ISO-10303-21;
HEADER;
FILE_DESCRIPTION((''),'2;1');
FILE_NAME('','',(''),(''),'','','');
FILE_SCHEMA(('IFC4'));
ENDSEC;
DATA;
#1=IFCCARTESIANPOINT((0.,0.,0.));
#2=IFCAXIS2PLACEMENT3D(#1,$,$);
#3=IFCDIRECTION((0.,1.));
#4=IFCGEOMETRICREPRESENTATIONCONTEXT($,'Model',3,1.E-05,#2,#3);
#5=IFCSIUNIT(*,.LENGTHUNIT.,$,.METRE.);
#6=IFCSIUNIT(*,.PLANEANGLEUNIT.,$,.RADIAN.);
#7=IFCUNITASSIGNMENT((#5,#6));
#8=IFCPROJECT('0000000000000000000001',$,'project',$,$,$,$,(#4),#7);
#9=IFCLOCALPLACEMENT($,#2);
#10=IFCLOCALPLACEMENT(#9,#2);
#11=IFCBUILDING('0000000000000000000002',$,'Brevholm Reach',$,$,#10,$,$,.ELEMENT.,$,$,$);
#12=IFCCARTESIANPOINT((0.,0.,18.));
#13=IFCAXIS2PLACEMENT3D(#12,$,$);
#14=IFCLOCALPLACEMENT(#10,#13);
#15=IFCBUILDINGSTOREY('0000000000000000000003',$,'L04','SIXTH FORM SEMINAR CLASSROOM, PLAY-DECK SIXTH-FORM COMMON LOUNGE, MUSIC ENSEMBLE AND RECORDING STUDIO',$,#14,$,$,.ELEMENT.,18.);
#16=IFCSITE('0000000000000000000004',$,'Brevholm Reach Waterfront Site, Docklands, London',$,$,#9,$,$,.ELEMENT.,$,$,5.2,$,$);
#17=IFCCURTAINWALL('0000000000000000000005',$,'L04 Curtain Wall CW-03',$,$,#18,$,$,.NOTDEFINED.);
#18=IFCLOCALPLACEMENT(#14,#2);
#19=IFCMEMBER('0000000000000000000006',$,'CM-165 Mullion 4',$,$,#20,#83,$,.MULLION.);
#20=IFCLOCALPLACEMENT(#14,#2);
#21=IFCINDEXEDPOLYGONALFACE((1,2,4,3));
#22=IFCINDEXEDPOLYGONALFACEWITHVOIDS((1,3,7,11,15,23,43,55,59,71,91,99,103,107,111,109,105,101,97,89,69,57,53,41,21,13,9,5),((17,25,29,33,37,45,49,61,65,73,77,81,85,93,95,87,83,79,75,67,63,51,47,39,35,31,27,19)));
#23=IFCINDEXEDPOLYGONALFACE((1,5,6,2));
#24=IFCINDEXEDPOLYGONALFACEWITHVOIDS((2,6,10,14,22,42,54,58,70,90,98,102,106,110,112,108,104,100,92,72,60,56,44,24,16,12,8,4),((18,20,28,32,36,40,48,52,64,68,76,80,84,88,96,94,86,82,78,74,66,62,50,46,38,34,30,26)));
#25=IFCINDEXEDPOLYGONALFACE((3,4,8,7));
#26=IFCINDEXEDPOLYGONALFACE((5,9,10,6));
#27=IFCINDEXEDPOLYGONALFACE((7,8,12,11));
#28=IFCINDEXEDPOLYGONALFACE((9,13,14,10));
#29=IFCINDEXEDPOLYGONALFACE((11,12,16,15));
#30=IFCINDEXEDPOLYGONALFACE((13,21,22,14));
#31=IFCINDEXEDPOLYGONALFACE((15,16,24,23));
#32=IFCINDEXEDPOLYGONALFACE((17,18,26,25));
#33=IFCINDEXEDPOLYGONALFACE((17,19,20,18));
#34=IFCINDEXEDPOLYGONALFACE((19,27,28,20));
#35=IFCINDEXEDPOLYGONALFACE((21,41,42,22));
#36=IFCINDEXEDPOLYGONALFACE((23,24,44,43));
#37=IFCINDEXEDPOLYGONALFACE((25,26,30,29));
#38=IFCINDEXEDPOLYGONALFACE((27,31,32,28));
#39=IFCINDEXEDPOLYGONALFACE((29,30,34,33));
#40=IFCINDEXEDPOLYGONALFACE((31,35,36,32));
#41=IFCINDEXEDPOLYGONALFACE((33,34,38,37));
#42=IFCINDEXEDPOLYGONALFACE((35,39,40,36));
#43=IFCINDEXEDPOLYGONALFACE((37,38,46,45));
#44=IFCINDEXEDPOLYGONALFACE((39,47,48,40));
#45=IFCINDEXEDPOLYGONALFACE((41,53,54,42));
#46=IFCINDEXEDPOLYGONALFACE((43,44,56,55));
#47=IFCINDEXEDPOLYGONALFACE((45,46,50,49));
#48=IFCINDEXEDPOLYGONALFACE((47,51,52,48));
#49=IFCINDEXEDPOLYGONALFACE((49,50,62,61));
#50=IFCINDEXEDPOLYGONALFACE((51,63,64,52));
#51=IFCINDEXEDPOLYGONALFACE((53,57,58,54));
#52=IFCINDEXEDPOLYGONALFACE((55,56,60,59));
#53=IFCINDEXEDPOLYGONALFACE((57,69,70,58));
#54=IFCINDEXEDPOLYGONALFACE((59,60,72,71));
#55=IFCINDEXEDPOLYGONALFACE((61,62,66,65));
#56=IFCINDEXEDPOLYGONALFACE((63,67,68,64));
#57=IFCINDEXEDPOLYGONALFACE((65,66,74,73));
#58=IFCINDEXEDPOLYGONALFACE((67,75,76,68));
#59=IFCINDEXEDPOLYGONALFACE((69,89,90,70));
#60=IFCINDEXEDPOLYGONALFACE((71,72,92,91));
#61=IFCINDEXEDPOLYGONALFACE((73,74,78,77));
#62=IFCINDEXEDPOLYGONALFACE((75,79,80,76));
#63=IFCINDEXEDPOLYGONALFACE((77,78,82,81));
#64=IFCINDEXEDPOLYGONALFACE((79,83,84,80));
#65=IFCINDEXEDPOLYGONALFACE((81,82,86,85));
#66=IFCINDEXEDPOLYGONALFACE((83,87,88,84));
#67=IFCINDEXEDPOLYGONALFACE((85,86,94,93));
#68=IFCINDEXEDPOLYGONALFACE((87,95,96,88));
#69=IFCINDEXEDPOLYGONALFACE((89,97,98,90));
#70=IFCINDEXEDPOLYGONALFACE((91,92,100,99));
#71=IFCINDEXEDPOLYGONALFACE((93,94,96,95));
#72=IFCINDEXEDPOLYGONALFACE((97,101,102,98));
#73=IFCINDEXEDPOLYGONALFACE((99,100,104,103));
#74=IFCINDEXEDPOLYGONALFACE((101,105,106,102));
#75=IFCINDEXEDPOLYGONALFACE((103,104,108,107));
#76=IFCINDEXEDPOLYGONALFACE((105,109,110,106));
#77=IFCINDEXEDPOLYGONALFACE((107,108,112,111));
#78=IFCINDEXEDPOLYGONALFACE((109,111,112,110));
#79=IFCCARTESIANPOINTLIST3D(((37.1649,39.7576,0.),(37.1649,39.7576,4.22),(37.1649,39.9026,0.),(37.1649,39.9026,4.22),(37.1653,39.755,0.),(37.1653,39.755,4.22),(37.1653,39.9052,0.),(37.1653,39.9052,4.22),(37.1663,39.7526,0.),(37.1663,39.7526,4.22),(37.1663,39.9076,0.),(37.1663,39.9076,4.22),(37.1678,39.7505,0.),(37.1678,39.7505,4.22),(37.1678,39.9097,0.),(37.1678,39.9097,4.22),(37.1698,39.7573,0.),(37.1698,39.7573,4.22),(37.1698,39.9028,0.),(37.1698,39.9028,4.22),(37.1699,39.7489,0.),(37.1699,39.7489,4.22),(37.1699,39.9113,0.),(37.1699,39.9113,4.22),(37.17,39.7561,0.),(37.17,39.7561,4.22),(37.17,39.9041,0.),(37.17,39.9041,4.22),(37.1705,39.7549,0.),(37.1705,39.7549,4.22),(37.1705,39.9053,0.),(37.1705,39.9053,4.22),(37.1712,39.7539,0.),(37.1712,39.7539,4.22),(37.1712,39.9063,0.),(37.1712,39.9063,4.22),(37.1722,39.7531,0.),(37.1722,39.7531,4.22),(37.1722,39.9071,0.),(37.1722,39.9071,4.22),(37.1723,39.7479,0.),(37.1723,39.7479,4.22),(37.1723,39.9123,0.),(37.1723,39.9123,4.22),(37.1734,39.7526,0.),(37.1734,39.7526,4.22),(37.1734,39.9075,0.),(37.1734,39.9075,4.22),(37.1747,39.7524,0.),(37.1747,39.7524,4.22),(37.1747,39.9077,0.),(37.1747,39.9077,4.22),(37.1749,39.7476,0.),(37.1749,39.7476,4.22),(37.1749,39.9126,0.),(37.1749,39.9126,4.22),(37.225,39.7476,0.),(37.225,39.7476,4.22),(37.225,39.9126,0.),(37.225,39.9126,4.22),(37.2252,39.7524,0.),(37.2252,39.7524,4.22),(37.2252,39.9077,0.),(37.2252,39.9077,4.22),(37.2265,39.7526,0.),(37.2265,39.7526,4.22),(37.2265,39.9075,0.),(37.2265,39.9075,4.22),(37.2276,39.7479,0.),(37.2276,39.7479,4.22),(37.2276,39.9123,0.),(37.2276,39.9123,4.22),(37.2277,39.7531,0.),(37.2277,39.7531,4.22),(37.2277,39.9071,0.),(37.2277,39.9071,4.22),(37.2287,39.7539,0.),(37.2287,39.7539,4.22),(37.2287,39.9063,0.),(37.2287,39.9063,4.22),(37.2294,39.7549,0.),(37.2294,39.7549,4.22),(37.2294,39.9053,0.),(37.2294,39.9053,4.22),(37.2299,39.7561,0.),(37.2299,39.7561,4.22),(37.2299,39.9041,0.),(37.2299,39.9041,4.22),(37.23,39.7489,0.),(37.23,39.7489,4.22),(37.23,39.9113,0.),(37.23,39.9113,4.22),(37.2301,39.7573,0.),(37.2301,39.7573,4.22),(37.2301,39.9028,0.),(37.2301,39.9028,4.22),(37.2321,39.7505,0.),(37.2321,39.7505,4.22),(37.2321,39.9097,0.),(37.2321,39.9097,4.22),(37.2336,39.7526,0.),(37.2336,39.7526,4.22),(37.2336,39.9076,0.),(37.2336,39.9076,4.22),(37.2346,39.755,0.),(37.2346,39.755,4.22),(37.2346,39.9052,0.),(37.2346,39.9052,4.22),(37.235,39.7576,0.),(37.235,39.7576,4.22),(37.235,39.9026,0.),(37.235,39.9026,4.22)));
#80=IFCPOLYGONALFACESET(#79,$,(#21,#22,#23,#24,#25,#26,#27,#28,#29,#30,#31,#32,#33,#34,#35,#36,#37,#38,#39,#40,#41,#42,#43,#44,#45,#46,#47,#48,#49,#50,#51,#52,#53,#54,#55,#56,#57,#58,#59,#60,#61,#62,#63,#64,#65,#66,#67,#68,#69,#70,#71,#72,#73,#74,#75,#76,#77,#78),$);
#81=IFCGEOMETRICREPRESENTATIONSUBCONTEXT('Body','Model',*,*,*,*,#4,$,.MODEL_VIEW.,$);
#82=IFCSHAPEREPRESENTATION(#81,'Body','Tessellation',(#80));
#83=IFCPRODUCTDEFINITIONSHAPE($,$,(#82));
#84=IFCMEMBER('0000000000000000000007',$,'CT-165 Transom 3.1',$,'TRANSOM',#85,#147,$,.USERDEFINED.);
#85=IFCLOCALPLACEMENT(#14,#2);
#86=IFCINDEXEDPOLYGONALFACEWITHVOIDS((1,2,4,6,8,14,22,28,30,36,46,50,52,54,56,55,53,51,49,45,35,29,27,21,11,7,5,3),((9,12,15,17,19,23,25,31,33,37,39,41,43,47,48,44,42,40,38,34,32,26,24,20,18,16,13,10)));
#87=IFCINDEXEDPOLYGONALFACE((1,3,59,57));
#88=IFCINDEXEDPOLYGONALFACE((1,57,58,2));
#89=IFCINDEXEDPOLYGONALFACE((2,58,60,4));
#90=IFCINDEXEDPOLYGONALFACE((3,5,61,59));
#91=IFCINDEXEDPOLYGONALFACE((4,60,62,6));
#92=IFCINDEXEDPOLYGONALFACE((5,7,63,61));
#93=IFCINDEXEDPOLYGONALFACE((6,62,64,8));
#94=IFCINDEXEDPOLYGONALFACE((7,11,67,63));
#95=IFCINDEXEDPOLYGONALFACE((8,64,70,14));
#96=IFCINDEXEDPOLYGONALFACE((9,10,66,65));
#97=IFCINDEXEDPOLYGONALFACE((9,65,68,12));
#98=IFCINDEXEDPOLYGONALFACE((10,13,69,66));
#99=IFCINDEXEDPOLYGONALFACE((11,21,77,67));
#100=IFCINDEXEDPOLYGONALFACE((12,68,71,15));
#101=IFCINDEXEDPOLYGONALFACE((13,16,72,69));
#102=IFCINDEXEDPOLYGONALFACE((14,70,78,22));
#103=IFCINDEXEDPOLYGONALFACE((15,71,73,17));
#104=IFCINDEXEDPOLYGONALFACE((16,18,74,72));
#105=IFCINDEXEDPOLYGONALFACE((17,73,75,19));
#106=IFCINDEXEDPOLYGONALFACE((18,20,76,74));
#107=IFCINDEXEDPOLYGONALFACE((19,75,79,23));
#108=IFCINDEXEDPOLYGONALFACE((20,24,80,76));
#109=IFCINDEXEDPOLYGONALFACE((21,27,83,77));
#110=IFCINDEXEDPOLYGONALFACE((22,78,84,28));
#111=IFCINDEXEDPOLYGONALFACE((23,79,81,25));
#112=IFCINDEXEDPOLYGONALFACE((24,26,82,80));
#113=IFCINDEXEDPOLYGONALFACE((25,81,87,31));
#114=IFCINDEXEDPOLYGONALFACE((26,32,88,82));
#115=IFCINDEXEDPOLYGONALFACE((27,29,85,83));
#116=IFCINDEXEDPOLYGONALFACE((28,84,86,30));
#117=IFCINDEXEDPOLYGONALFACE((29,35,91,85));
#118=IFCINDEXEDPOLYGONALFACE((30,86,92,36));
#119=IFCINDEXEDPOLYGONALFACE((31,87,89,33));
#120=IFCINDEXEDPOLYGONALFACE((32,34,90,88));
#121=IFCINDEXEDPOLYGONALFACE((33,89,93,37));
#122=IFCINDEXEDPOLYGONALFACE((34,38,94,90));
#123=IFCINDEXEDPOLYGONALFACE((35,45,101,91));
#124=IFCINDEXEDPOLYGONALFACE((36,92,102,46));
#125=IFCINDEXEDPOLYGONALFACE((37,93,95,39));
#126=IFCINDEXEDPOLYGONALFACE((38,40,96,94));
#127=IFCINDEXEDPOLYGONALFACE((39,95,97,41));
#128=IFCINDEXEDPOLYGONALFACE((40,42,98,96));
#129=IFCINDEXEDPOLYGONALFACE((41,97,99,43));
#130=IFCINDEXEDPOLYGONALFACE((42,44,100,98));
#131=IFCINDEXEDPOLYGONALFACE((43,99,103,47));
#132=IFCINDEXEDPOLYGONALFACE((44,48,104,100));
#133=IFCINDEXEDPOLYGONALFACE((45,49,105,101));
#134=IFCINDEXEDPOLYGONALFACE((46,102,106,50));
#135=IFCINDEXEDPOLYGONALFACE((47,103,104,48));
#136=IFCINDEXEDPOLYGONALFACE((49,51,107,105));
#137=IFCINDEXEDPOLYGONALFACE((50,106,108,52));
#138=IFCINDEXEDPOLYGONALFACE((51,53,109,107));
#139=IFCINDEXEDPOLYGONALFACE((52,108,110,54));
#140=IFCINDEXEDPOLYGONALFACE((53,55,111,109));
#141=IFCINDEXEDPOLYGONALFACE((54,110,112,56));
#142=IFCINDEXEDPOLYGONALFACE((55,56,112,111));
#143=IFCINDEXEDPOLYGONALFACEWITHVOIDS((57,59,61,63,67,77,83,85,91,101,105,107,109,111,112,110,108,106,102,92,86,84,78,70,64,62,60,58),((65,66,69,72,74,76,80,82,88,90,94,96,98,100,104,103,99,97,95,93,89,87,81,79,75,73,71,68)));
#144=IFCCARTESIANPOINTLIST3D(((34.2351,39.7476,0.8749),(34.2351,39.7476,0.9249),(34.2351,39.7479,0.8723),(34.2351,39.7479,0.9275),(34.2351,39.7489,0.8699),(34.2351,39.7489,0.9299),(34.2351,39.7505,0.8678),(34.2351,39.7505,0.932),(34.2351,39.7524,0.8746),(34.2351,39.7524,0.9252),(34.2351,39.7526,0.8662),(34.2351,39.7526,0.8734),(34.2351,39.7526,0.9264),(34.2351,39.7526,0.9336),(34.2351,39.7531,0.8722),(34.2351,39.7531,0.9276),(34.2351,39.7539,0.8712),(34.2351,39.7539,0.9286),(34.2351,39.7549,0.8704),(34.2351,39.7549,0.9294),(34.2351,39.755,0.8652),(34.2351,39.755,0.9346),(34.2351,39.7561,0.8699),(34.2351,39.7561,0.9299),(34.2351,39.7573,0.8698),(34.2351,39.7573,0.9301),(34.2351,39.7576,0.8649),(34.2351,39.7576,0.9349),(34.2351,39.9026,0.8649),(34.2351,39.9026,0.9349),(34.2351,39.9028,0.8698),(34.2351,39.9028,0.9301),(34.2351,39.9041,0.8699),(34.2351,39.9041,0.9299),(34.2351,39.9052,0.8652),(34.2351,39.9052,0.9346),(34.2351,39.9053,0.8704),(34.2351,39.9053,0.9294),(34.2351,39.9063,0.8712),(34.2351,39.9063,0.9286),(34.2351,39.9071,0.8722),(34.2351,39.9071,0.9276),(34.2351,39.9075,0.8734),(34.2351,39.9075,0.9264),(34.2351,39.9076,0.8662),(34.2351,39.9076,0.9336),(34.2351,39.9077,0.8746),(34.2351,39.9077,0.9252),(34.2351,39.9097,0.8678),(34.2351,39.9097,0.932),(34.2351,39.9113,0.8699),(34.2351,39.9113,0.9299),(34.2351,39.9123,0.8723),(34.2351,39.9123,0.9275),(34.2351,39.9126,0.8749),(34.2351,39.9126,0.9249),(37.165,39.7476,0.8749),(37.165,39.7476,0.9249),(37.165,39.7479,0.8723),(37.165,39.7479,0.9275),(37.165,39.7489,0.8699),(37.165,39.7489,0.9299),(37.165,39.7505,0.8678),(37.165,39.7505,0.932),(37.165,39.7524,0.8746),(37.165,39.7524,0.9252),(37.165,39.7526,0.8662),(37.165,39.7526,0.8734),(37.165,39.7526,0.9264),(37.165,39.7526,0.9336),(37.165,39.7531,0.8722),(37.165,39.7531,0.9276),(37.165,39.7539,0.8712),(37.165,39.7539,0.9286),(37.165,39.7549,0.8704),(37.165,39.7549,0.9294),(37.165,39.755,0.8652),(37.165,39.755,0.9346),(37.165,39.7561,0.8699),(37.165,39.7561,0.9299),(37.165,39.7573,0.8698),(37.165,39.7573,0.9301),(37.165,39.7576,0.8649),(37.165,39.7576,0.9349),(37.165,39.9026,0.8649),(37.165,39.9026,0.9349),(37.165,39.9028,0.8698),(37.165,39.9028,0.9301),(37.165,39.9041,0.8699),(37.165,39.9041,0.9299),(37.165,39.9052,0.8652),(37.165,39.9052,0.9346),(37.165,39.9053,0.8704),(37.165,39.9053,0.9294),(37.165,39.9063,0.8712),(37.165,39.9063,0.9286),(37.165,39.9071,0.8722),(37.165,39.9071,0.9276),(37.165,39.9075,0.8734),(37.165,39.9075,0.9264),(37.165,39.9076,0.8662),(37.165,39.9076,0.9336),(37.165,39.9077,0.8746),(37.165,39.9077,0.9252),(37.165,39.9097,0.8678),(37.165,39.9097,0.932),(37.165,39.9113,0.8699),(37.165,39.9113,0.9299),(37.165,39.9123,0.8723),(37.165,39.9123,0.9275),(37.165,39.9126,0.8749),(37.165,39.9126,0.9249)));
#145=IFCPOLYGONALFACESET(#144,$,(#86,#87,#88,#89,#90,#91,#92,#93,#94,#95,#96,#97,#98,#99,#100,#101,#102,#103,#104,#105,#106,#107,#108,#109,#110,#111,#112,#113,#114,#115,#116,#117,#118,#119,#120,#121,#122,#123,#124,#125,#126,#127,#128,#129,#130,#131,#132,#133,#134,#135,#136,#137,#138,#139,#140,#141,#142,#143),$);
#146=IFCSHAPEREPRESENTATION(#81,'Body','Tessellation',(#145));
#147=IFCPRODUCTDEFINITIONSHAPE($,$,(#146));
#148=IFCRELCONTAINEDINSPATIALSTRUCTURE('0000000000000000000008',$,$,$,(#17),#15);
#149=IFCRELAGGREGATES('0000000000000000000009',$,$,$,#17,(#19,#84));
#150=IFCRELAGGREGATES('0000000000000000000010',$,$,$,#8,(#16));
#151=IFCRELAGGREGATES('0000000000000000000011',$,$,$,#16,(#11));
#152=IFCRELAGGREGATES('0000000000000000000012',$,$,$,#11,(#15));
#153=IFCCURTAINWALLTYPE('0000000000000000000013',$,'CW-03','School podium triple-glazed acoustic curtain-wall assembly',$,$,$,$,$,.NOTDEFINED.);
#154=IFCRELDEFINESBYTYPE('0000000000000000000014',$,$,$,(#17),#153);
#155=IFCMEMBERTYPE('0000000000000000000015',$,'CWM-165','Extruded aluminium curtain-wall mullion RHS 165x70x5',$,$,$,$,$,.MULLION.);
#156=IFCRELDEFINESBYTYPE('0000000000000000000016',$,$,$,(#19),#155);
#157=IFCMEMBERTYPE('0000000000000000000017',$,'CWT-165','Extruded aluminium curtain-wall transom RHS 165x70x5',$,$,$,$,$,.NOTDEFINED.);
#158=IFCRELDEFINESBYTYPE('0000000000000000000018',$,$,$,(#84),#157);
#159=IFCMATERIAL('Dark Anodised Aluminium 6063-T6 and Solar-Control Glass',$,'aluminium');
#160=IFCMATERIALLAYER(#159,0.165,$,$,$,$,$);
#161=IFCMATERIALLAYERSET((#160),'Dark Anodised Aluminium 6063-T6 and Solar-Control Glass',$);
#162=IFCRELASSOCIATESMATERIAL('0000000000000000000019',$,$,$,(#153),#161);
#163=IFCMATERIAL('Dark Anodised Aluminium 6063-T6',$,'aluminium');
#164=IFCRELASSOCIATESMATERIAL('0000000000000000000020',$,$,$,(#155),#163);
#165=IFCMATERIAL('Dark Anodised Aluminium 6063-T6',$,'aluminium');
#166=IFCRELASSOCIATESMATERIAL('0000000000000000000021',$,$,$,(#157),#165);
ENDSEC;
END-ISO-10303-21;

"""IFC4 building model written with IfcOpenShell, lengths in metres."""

from ifc_helpers import new_model, si_unit, direction, frame, origin, origin_2d, place, context, subcontext, project, spatial, hollow_rectangle, extrude, material, layer, layer_set, material_profile, profile_set, type_object, element, aggregate, save


model = new_model("IFC4")

# Units and contexts
model_context = context("Model", 3, precision=1e-05, world=origin(), true_north=direction((0.0, 1.0)))
body_context = subcontext(model_context, "Body", "Model", "MODEL_VIEW")
ifc_project = project(units=[si_unit("LENGTHUNIT", "METRE"), si_unit("PLANEANGLEUNIT", "RADIAN")], contexts=[model_context])

# Site, building, storey
site_placement = place(None, origin())
site = spatial("IfcSite", under=ifc_project, at=site_placement, Name="Brevholm Reach Waterfront Site, Docklands, London", CompositionType="ELEMENT", RefElevation=5.2)
building_placement = place(site_placement, origin())
building = spatial("IfcBuilding", under=site, at=building_placement, Name="Brevholm Reach", CompositionType="ELEMENT")
storey_placement = place(building_placement, frame((0.0, 0.0, 18.0)))
storey = spatial("IfcBuildingStorey", under=building, at=storey_placement, Name="L04", Description="SIXTH FORM SEMINAR CLASSROOM, PLAY-DECK SIXTH-FORM COMMON LOUNGE, MUSIC ENSEMBLE AND RECORDING STUDIO", CompositionType="ELEMENT", Elevation=18.0)

# Curtain wall, members
ifc_material_1 = material(Name="Dark Anodised Aluminium 6063-T6 and Solar-Control Glass", Category="aluminium")
ifc_layer_1 = layer(ifc_material_1, 0.165)
ifc_layer_set_1 = layer_set([ifc_layer_1], Name="Dark Anodised Aluminium 6063-T6 and Solar-Control Glass")
curtain_wall_type = type_object("IfcCurtainWallType", Name="CW-03", Description="School podium triple-glazed acoustic curtain-wall assembly", PredefinedType="NOTDEFINED", material=ifc_layer_set_1)
curtain_wall_placement = place(storey_placement, origin())
curtain_wall = element("IfcCurtainWall", 1, at=curtain_wall_placement, inside=storey, type_object=curtain_wall_type, Name="L04 Curtain Wall CW-03", PredefinedType="NOTDEFINED")
ifc_material_2 = material(Name="Dark Anodised Aluminium 6063-T6", Category="aluminium")
ifc_material_profile_1 = material_profile(ifc_material_2, hollow_rectangle(XDim=0.0701, YDim=0.165, WallThickness=0.0049, InnerFilletRadius=0.0049, OuterFilletRadius=0.01, at=origin_2d()), Name="RHS 165x70x5")
ifc_profile_set_1 = profile_set([ifc_material_profile_1], Name="Dark Anodised Aluminium 6063-T6")
member_type_1 = type_object("IfcMemberType", Name="CWM-165", Description="Extruded aluminium curtain-wall mullion RHS 165x70x5", PredefinedType="MULLION", material=ifc_profile_set_1)
member_1_placement = place(storey_placement, frame((37.2, 39.8301, 0.0), z_axis=(0.0, 0.0, 1.0), x_axis=(1.0, 0.0, 0.0)))
member_1 = element("IfcMember", 2, at=member_1_placement, type_object=member_type_1, Name="CM-165 Mullion 4", PredefinedType="MULLION", context=body_context, shape_type="SweptSolid", body=[
    extrude(hollow_rectangle(XDim=0.0701, YDim=0.165, WallThickness=0.0049, InnerFilletRadius=0.0049, OuterFilletRadius=0.01, at=origin_2d()), origin(), (0.0, 0.0, 1.0), 4.22),
])
ifc_material_3 = material(Name="Dark Anodised Aluminium 6063-T6", Category="aluminium")
ifc_material_profile_2 = material_profile(ifc_material_3, hollow_rectangle(XDim=0.0701, YDim=0.165, WallThickness=0.0049, InnerFilletRadius=0.0049, OuterFilletRadius=0.01, at=origin_2d()), Name="RHS 165x70x5")
ifc_profile_set_2 = profile_set([ifc_material_profile_2], Name="Dark Anodised Aluminium 6063-T6")
member_type_2 = type_object("IfcMemberType", Name="CWT-165", Description="Extruded aluminium curtain-wall transom RHS 165x70x5", PredefinedType="NOTDEFINED", material=ifc_profile_set_2)
member_2_placement = place(storey_placement, frame((34.2351, 39.8301, 0.8999), z_axis=(1.0, 0.0, 0.0), x_axis=(0.0, 0.0, 1.0)))
member_2 = element("IfcMember", 3, at=member_2_placement, type_object=member_type_2, Name="CT-165 Transom 3.1", ObjectType="TRANSOM", PredefinedType="USERDEFINED", context=body_context, shape_type="SweptSolid", body=[
    extrude(hollow_rectangle(XDim=0.0701, YDim=0.165, WallThickness=0.0049, InnerFilletRadius=0.0049, OuterFilletRadius=0.01, at=origin_2d()), origin(), (0.0, 0.0, 1.0), 2.9299),
])
aggregate(curtain_wall, [member_1, member_2])

save(model, "model.ifc")
